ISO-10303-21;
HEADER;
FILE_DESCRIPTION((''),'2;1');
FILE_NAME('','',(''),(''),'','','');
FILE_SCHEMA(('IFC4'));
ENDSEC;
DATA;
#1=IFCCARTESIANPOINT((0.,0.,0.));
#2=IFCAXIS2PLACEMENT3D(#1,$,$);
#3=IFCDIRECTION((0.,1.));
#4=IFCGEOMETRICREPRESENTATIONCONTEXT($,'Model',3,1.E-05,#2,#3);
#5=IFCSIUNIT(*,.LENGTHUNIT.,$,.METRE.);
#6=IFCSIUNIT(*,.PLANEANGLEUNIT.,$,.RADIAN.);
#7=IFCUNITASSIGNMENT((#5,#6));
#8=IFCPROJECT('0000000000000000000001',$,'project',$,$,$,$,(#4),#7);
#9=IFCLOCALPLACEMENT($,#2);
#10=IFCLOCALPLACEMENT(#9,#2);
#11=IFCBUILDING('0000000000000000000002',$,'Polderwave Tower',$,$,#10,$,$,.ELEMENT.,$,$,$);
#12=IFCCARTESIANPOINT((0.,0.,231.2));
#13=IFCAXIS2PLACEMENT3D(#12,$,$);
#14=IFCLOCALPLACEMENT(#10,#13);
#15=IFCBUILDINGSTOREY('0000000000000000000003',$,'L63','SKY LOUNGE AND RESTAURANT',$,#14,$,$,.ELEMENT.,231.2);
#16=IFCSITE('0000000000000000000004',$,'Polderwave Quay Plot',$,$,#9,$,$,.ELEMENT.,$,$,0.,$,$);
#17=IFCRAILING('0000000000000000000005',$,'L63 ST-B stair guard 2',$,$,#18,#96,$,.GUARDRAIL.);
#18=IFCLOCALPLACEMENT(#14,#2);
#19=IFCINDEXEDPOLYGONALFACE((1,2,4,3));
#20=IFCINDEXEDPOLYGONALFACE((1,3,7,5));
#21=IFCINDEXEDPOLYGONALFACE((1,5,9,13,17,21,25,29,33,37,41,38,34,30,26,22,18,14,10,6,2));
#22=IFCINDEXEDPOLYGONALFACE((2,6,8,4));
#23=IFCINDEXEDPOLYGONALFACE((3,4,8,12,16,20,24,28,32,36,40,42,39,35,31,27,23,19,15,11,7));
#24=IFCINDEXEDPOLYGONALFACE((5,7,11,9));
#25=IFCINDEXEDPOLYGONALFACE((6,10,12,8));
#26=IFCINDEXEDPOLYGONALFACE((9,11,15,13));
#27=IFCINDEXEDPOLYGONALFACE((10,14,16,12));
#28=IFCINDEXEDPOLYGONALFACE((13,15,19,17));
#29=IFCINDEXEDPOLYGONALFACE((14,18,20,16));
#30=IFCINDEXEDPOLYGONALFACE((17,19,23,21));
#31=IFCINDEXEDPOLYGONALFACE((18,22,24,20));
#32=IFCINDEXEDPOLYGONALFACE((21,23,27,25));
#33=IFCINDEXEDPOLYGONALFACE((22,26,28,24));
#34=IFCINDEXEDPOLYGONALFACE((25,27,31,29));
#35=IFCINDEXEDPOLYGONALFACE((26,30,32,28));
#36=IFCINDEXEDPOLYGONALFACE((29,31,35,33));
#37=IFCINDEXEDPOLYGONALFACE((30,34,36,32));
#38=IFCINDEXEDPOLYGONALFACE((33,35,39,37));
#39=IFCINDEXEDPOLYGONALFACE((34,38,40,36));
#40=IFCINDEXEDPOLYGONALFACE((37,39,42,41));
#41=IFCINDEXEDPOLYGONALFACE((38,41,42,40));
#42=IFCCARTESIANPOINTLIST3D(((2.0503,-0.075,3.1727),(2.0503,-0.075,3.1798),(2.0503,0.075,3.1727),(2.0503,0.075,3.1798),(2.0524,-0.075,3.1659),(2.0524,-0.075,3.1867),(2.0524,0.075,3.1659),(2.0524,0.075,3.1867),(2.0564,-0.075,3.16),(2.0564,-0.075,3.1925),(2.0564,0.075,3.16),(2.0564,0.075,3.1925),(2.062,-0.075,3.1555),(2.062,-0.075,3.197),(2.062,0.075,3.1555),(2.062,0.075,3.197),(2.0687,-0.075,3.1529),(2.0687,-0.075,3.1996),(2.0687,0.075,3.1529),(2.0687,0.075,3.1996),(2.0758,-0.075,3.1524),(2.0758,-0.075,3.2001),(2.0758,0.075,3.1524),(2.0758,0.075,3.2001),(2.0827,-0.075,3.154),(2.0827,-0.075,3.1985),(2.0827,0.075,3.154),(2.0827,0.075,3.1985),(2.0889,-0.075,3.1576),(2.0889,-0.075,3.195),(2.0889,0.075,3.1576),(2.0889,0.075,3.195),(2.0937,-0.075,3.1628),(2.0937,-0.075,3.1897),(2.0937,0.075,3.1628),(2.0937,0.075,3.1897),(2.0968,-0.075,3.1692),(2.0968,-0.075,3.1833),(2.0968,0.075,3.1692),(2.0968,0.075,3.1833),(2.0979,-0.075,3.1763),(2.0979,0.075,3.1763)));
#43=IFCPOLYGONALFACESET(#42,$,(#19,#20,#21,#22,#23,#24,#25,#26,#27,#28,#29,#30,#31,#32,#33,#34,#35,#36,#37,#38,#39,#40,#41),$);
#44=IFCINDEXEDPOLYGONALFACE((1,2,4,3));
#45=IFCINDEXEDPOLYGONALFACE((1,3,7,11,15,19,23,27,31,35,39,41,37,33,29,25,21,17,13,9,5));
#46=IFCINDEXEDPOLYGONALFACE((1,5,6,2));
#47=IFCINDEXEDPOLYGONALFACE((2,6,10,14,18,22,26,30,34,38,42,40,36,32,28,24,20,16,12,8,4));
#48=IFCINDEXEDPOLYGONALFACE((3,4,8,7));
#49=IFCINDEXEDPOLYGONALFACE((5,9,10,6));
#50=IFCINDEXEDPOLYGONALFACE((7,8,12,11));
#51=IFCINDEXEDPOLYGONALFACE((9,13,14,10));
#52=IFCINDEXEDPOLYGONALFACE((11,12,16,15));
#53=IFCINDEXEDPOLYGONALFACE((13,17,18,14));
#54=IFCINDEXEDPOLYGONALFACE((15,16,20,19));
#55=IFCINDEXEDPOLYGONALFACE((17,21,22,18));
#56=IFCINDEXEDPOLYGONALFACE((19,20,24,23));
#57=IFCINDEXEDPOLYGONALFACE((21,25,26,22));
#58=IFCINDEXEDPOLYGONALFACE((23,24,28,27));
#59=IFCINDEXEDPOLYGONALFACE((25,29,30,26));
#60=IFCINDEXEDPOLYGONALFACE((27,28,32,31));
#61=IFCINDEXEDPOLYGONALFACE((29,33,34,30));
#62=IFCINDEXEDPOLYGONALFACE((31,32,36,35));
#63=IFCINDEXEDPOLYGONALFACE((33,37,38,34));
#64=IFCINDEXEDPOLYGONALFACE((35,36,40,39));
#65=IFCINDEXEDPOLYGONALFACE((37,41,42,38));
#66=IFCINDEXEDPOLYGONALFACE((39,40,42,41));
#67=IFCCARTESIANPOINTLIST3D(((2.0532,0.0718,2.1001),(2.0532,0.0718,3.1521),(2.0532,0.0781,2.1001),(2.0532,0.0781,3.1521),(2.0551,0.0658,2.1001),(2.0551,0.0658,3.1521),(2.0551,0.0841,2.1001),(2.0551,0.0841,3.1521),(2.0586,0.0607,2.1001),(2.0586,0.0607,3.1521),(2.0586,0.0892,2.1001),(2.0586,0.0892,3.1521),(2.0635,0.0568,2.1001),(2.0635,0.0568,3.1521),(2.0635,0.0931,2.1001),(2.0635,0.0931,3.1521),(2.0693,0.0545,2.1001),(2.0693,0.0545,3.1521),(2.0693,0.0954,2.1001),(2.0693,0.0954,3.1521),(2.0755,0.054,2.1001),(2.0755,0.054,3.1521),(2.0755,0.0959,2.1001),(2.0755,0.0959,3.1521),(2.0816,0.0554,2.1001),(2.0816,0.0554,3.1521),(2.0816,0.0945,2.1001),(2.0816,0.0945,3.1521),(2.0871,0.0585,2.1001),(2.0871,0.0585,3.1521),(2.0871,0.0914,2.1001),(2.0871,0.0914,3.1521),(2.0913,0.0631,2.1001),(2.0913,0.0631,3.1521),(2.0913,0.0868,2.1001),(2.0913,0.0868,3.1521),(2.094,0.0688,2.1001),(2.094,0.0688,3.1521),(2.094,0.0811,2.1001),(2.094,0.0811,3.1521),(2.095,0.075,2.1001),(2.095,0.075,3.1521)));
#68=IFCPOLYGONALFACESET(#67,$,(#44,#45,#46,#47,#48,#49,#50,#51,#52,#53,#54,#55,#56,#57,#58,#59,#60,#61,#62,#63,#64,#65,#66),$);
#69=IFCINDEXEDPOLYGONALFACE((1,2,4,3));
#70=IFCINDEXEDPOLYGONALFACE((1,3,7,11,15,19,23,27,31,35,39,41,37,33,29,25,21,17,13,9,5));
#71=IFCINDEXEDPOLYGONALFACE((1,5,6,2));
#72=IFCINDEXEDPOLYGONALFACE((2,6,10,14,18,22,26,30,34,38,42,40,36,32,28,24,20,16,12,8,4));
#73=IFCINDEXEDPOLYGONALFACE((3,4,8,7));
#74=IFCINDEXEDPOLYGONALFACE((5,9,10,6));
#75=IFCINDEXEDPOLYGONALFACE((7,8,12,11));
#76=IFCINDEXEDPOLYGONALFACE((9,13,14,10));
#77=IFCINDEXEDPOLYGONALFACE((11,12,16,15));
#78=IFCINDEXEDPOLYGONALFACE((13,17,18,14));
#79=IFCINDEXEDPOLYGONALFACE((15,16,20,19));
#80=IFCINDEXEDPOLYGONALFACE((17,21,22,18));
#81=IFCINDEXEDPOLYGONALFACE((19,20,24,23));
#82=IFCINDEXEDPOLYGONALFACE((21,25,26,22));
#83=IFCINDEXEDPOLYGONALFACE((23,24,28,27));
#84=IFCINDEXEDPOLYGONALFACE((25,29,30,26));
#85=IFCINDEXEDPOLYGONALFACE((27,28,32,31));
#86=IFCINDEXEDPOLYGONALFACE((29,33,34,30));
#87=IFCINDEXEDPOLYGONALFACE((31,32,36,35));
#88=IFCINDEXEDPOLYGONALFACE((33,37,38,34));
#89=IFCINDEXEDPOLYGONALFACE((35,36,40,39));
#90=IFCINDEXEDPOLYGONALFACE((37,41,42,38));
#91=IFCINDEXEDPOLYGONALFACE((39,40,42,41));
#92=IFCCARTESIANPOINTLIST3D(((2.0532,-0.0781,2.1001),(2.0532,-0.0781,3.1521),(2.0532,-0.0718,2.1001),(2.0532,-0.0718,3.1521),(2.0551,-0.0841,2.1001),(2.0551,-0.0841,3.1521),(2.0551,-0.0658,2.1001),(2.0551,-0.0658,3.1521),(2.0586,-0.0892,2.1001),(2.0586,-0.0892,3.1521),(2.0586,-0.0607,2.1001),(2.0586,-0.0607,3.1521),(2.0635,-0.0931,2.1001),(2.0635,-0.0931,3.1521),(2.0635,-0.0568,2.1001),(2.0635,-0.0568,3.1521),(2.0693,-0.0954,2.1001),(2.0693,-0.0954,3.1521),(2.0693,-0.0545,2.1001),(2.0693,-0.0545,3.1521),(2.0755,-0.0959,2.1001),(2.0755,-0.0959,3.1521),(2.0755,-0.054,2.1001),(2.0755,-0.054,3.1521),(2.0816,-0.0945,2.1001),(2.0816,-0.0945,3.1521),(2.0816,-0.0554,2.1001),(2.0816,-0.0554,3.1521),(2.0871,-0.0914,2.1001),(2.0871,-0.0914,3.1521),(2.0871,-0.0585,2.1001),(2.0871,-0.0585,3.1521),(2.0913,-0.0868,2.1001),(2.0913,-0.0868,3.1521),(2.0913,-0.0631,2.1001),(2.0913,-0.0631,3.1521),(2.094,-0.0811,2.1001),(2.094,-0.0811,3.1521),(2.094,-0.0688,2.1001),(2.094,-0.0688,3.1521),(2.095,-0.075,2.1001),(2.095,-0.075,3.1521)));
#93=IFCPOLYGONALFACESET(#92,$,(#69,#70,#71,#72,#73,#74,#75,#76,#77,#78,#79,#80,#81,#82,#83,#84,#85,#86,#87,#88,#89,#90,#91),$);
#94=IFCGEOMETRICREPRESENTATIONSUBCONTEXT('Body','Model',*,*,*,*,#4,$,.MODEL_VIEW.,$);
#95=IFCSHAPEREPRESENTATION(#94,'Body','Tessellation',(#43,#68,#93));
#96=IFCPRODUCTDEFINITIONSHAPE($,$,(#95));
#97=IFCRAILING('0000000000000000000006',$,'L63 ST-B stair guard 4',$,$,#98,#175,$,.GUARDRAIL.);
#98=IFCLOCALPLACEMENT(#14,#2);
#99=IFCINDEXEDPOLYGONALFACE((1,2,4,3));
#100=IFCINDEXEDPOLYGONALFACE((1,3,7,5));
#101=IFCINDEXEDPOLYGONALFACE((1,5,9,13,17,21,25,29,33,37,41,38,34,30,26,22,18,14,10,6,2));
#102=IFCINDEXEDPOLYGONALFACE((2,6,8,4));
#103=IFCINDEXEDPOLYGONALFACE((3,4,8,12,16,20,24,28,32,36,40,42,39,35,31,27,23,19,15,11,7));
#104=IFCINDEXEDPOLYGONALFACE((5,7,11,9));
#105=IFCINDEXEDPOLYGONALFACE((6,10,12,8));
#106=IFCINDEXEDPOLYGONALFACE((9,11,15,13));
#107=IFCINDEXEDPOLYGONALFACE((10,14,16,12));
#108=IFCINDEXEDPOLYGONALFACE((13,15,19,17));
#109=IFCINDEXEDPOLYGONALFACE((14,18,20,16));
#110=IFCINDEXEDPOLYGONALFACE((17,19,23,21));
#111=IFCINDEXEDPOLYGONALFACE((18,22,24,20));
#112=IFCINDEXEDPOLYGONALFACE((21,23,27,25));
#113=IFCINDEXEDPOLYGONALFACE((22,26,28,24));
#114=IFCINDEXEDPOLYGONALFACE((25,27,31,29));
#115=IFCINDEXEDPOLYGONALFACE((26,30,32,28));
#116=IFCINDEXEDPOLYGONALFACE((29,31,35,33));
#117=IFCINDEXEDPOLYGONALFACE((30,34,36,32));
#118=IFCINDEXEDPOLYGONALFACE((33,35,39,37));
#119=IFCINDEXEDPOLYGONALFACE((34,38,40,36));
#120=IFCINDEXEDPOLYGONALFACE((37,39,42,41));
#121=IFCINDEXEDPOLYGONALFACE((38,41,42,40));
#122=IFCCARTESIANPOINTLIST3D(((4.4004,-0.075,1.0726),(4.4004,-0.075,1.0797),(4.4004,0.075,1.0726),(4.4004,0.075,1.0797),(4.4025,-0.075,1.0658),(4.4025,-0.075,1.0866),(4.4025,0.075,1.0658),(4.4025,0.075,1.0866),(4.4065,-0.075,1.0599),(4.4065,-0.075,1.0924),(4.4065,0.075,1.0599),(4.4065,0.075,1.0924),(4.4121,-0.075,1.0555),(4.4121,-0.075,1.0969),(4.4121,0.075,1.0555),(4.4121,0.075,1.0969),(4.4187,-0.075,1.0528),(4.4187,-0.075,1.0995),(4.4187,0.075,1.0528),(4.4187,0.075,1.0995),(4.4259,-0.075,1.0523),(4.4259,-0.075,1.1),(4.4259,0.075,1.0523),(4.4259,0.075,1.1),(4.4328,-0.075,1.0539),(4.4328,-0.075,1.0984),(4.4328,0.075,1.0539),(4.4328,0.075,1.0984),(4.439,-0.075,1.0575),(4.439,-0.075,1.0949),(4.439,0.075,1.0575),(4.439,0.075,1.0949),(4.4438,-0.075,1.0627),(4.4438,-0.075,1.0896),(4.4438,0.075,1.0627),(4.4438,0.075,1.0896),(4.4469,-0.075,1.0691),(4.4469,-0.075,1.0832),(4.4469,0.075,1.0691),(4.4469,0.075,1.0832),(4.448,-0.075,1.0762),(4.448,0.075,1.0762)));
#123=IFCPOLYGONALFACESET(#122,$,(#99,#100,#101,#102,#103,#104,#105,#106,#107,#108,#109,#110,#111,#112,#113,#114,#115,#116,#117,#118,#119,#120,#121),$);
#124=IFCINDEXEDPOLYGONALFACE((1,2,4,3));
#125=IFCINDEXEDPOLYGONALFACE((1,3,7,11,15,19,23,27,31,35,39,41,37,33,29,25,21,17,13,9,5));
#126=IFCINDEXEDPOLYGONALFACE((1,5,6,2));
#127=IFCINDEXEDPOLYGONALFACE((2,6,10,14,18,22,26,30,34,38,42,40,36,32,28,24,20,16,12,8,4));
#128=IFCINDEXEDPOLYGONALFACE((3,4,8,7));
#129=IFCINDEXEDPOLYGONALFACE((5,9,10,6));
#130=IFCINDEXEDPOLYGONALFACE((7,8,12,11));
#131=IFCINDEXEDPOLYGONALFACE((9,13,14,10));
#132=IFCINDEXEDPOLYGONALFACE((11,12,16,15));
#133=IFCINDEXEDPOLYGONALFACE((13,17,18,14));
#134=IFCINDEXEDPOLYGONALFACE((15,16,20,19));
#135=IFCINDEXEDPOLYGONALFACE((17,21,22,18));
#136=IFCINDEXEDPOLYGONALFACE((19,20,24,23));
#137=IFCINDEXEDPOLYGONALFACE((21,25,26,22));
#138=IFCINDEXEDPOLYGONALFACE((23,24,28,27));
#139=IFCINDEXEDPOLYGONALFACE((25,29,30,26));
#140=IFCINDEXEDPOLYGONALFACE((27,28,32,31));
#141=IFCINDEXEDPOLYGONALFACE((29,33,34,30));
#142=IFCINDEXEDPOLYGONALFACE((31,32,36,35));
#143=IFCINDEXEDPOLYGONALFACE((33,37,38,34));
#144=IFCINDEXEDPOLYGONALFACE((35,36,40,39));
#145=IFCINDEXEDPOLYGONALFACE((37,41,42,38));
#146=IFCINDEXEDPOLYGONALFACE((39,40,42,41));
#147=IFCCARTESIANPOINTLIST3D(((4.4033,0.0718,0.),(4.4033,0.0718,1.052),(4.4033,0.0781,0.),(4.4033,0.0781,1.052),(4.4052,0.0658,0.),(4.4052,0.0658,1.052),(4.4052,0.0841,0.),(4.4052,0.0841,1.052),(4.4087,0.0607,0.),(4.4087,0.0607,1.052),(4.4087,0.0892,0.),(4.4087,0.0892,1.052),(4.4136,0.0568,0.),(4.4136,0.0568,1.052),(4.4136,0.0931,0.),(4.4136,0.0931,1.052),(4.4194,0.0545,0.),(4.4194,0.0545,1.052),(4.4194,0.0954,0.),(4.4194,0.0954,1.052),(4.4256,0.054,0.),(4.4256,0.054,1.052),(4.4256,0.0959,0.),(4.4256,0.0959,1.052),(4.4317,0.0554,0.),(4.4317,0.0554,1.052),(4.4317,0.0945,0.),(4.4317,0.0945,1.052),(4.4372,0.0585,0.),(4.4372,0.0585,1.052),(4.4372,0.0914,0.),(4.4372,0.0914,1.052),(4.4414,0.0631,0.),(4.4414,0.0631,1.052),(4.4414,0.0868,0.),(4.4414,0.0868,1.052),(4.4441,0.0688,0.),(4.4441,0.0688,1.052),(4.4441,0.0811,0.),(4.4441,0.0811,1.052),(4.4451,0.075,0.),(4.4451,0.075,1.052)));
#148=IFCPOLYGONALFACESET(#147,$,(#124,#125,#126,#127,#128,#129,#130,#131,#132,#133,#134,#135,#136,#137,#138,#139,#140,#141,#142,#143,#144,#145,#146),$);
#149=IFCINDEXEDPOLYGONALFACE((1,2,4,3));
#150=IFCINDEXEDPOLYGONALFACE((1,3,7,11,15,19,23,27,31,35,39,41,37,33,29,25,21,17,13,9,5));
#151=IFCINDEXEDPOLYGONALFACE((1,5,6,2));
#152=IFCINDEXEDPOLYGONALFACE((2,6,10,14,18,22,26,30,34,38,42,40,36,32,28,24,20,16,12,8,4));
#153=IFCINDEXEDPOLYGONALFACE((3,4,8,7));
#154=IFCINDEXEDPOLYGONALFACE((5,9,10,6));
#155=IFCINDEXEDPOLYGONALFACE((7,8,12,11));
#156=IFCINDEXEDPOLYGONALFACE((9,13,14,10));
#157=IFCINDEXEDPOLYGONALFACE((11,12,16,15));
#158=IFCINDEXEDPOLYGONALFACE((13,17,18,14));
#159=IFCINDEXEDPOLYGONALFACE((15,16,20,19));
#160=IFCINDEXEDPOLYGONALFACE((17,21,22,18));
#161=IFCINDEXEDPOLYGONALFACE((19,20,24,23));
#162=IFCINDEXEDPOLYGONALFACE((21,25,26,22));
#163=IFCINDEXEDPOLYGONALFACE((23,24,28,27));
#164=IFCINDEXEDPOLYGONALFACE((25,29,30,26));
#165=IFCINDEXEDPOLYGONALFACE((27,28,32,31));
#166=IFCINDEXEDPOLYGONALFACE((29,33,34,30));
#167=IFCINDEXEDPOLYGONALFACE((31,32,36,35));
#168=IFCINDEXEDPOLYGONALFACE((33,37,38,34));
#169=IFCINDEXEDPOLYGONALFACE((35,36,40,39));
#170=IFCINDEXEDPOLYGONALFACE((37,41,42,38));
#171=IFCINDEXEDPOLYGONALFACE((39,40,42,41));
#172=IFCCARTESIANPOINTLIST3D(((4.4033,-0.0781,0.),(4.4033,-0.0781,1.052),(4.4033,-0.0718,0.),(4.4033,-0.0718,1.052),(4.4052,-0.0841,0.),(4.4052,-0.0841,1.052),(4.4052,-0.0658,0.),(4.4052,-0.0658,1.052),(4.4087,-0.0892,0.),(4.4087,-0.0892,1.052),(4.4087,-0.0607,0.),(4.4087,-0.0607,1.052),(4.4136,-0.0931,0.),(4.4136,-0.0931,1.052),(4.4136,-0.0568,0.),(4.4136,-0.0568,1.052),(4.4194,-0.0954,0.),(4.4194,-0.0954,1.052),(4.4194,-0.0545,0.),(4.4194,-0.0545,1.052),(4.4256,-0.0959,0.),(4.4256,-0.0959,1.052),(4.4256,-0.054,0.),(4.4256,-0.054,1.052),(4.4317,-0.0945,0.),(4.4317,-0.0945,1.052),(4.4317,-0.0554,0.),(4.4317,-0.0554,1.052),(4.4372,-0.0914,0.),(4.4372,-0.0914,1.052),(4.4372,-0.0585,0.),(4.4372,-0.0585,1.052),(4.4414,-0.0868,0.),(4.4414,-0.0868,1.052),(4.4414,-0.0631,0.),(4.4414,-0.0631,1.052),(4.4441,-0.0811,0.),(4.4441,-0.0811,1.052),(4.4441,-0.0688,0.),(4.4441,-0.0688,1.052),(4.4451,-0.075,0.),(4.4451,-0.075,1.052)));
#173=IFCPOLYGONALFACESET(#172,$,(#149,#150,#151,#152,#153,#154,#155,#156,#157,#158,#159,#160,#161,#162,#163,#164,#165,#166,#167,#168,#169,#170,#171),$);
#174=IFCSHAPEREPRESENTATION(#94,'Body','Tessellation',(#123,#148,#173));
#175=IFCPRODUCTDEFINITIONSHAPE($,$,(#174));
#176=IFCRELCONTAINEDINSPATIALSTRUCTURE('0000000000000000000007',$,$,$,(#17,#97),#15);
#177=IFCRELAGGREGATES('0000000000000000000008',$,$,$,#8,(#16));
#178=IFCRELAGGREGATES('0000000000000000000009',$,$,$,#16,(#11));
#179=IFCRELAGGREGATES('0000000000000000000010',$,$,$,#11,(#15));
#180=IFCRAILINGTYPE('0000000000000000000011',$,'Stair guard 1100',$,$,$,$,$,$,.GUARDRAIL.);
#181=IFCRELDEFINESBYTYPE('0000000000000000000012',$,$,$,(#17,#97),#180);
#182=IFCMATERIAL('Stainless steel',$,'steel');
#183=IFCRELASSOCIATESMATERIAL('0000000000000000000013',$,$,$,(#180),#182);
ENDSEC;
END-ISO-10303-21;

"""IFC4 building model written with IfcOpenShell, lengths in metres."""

from ifc_helpers import new_model, si_unit, direction, frame, origin, origin_2d, place, context, subcontext, project, spatial, circle, extrude, material, type_object, element, save


model = new_model("IFC4")

# Units and contexts
model_context = context("Model", 3, precision=1e-05, world=origin(), true_north=direction((0.0, 1.0)))
body_context = subcontext(model_context, "Body", "Model", "MODEL_VIEW")
ifc_project = project(units=[si_unit("LENGTHUNIT", "METRE"), si_unit("PLANEANGLEUNIT", "RADIAN")], contexts=[model_context])

# Site, building, storey
site_placement = place(None, origin())
site = spatial("IfcSite", under=ifc_project, at=site_placement, Name="Polderwave Quay Plot", CompositionType="ELEMENT", RefElevation=0.0)
building_placement = place(site_placement, origin())
building = spatial("IfcBuilding", under=site, at=building_placement, Name="Polderwave Tower", CompositionType="ELEMENT")
storey_placement = place(building_placement, frame((0.0, 0.0, 231.2)))
storey = spatial("IfcBuildingStorey", under=building, at=storey_placement, Name="L63", Description="SKY LOUNGE AND RESTAURANT", CompositionType="ELEMENT", Elevation=231.2)

# Railings
ifc_material_1 = material(Name="Stainless steel", Category="steel")
railing_type_1 = type_object("IfcRailingType", Name="Stair guard 1100", PredefinedType="GUARDRAIL", material=ifc_material_1)
for number, where, name in (
    (1, (2.074, 0.075, 2.1001), "L63 ST-B stair guard 2"),
    (2, (4.4241, 0.075, 0.0), "L63 ST-B stair guard 4"),
):
    element("IfcRailing", number, at=place(storey_placement, frame(where)), inside=storey, type_object=railing_type_1, Name=name, PredefinedType="GUARDRAIL", context=body_context, shape_type="SweptSolid", body=[
        extrude(circle(Radius=0.0239, at=origin_2d()), frame((0.0, 0.0, 1.0762), z_axis=(0.0, -1.0, 0.0), x_axis=(1.0, 0.0, 0.0)), (0.0, 0.0, 1.0), 0.1499),
        extrude(circle(Radius=0.021, at=origin_2d()), origin(), (0.0, 0.0, 1.0), 1.052),
        extrude(circle(Radius=0.021, at=origin_2d()), frame((0.0, -0.1499, 0.0)), (0.0, 0.0, 1.0), 1.052),
    ])

save(model, "model.ifc")
